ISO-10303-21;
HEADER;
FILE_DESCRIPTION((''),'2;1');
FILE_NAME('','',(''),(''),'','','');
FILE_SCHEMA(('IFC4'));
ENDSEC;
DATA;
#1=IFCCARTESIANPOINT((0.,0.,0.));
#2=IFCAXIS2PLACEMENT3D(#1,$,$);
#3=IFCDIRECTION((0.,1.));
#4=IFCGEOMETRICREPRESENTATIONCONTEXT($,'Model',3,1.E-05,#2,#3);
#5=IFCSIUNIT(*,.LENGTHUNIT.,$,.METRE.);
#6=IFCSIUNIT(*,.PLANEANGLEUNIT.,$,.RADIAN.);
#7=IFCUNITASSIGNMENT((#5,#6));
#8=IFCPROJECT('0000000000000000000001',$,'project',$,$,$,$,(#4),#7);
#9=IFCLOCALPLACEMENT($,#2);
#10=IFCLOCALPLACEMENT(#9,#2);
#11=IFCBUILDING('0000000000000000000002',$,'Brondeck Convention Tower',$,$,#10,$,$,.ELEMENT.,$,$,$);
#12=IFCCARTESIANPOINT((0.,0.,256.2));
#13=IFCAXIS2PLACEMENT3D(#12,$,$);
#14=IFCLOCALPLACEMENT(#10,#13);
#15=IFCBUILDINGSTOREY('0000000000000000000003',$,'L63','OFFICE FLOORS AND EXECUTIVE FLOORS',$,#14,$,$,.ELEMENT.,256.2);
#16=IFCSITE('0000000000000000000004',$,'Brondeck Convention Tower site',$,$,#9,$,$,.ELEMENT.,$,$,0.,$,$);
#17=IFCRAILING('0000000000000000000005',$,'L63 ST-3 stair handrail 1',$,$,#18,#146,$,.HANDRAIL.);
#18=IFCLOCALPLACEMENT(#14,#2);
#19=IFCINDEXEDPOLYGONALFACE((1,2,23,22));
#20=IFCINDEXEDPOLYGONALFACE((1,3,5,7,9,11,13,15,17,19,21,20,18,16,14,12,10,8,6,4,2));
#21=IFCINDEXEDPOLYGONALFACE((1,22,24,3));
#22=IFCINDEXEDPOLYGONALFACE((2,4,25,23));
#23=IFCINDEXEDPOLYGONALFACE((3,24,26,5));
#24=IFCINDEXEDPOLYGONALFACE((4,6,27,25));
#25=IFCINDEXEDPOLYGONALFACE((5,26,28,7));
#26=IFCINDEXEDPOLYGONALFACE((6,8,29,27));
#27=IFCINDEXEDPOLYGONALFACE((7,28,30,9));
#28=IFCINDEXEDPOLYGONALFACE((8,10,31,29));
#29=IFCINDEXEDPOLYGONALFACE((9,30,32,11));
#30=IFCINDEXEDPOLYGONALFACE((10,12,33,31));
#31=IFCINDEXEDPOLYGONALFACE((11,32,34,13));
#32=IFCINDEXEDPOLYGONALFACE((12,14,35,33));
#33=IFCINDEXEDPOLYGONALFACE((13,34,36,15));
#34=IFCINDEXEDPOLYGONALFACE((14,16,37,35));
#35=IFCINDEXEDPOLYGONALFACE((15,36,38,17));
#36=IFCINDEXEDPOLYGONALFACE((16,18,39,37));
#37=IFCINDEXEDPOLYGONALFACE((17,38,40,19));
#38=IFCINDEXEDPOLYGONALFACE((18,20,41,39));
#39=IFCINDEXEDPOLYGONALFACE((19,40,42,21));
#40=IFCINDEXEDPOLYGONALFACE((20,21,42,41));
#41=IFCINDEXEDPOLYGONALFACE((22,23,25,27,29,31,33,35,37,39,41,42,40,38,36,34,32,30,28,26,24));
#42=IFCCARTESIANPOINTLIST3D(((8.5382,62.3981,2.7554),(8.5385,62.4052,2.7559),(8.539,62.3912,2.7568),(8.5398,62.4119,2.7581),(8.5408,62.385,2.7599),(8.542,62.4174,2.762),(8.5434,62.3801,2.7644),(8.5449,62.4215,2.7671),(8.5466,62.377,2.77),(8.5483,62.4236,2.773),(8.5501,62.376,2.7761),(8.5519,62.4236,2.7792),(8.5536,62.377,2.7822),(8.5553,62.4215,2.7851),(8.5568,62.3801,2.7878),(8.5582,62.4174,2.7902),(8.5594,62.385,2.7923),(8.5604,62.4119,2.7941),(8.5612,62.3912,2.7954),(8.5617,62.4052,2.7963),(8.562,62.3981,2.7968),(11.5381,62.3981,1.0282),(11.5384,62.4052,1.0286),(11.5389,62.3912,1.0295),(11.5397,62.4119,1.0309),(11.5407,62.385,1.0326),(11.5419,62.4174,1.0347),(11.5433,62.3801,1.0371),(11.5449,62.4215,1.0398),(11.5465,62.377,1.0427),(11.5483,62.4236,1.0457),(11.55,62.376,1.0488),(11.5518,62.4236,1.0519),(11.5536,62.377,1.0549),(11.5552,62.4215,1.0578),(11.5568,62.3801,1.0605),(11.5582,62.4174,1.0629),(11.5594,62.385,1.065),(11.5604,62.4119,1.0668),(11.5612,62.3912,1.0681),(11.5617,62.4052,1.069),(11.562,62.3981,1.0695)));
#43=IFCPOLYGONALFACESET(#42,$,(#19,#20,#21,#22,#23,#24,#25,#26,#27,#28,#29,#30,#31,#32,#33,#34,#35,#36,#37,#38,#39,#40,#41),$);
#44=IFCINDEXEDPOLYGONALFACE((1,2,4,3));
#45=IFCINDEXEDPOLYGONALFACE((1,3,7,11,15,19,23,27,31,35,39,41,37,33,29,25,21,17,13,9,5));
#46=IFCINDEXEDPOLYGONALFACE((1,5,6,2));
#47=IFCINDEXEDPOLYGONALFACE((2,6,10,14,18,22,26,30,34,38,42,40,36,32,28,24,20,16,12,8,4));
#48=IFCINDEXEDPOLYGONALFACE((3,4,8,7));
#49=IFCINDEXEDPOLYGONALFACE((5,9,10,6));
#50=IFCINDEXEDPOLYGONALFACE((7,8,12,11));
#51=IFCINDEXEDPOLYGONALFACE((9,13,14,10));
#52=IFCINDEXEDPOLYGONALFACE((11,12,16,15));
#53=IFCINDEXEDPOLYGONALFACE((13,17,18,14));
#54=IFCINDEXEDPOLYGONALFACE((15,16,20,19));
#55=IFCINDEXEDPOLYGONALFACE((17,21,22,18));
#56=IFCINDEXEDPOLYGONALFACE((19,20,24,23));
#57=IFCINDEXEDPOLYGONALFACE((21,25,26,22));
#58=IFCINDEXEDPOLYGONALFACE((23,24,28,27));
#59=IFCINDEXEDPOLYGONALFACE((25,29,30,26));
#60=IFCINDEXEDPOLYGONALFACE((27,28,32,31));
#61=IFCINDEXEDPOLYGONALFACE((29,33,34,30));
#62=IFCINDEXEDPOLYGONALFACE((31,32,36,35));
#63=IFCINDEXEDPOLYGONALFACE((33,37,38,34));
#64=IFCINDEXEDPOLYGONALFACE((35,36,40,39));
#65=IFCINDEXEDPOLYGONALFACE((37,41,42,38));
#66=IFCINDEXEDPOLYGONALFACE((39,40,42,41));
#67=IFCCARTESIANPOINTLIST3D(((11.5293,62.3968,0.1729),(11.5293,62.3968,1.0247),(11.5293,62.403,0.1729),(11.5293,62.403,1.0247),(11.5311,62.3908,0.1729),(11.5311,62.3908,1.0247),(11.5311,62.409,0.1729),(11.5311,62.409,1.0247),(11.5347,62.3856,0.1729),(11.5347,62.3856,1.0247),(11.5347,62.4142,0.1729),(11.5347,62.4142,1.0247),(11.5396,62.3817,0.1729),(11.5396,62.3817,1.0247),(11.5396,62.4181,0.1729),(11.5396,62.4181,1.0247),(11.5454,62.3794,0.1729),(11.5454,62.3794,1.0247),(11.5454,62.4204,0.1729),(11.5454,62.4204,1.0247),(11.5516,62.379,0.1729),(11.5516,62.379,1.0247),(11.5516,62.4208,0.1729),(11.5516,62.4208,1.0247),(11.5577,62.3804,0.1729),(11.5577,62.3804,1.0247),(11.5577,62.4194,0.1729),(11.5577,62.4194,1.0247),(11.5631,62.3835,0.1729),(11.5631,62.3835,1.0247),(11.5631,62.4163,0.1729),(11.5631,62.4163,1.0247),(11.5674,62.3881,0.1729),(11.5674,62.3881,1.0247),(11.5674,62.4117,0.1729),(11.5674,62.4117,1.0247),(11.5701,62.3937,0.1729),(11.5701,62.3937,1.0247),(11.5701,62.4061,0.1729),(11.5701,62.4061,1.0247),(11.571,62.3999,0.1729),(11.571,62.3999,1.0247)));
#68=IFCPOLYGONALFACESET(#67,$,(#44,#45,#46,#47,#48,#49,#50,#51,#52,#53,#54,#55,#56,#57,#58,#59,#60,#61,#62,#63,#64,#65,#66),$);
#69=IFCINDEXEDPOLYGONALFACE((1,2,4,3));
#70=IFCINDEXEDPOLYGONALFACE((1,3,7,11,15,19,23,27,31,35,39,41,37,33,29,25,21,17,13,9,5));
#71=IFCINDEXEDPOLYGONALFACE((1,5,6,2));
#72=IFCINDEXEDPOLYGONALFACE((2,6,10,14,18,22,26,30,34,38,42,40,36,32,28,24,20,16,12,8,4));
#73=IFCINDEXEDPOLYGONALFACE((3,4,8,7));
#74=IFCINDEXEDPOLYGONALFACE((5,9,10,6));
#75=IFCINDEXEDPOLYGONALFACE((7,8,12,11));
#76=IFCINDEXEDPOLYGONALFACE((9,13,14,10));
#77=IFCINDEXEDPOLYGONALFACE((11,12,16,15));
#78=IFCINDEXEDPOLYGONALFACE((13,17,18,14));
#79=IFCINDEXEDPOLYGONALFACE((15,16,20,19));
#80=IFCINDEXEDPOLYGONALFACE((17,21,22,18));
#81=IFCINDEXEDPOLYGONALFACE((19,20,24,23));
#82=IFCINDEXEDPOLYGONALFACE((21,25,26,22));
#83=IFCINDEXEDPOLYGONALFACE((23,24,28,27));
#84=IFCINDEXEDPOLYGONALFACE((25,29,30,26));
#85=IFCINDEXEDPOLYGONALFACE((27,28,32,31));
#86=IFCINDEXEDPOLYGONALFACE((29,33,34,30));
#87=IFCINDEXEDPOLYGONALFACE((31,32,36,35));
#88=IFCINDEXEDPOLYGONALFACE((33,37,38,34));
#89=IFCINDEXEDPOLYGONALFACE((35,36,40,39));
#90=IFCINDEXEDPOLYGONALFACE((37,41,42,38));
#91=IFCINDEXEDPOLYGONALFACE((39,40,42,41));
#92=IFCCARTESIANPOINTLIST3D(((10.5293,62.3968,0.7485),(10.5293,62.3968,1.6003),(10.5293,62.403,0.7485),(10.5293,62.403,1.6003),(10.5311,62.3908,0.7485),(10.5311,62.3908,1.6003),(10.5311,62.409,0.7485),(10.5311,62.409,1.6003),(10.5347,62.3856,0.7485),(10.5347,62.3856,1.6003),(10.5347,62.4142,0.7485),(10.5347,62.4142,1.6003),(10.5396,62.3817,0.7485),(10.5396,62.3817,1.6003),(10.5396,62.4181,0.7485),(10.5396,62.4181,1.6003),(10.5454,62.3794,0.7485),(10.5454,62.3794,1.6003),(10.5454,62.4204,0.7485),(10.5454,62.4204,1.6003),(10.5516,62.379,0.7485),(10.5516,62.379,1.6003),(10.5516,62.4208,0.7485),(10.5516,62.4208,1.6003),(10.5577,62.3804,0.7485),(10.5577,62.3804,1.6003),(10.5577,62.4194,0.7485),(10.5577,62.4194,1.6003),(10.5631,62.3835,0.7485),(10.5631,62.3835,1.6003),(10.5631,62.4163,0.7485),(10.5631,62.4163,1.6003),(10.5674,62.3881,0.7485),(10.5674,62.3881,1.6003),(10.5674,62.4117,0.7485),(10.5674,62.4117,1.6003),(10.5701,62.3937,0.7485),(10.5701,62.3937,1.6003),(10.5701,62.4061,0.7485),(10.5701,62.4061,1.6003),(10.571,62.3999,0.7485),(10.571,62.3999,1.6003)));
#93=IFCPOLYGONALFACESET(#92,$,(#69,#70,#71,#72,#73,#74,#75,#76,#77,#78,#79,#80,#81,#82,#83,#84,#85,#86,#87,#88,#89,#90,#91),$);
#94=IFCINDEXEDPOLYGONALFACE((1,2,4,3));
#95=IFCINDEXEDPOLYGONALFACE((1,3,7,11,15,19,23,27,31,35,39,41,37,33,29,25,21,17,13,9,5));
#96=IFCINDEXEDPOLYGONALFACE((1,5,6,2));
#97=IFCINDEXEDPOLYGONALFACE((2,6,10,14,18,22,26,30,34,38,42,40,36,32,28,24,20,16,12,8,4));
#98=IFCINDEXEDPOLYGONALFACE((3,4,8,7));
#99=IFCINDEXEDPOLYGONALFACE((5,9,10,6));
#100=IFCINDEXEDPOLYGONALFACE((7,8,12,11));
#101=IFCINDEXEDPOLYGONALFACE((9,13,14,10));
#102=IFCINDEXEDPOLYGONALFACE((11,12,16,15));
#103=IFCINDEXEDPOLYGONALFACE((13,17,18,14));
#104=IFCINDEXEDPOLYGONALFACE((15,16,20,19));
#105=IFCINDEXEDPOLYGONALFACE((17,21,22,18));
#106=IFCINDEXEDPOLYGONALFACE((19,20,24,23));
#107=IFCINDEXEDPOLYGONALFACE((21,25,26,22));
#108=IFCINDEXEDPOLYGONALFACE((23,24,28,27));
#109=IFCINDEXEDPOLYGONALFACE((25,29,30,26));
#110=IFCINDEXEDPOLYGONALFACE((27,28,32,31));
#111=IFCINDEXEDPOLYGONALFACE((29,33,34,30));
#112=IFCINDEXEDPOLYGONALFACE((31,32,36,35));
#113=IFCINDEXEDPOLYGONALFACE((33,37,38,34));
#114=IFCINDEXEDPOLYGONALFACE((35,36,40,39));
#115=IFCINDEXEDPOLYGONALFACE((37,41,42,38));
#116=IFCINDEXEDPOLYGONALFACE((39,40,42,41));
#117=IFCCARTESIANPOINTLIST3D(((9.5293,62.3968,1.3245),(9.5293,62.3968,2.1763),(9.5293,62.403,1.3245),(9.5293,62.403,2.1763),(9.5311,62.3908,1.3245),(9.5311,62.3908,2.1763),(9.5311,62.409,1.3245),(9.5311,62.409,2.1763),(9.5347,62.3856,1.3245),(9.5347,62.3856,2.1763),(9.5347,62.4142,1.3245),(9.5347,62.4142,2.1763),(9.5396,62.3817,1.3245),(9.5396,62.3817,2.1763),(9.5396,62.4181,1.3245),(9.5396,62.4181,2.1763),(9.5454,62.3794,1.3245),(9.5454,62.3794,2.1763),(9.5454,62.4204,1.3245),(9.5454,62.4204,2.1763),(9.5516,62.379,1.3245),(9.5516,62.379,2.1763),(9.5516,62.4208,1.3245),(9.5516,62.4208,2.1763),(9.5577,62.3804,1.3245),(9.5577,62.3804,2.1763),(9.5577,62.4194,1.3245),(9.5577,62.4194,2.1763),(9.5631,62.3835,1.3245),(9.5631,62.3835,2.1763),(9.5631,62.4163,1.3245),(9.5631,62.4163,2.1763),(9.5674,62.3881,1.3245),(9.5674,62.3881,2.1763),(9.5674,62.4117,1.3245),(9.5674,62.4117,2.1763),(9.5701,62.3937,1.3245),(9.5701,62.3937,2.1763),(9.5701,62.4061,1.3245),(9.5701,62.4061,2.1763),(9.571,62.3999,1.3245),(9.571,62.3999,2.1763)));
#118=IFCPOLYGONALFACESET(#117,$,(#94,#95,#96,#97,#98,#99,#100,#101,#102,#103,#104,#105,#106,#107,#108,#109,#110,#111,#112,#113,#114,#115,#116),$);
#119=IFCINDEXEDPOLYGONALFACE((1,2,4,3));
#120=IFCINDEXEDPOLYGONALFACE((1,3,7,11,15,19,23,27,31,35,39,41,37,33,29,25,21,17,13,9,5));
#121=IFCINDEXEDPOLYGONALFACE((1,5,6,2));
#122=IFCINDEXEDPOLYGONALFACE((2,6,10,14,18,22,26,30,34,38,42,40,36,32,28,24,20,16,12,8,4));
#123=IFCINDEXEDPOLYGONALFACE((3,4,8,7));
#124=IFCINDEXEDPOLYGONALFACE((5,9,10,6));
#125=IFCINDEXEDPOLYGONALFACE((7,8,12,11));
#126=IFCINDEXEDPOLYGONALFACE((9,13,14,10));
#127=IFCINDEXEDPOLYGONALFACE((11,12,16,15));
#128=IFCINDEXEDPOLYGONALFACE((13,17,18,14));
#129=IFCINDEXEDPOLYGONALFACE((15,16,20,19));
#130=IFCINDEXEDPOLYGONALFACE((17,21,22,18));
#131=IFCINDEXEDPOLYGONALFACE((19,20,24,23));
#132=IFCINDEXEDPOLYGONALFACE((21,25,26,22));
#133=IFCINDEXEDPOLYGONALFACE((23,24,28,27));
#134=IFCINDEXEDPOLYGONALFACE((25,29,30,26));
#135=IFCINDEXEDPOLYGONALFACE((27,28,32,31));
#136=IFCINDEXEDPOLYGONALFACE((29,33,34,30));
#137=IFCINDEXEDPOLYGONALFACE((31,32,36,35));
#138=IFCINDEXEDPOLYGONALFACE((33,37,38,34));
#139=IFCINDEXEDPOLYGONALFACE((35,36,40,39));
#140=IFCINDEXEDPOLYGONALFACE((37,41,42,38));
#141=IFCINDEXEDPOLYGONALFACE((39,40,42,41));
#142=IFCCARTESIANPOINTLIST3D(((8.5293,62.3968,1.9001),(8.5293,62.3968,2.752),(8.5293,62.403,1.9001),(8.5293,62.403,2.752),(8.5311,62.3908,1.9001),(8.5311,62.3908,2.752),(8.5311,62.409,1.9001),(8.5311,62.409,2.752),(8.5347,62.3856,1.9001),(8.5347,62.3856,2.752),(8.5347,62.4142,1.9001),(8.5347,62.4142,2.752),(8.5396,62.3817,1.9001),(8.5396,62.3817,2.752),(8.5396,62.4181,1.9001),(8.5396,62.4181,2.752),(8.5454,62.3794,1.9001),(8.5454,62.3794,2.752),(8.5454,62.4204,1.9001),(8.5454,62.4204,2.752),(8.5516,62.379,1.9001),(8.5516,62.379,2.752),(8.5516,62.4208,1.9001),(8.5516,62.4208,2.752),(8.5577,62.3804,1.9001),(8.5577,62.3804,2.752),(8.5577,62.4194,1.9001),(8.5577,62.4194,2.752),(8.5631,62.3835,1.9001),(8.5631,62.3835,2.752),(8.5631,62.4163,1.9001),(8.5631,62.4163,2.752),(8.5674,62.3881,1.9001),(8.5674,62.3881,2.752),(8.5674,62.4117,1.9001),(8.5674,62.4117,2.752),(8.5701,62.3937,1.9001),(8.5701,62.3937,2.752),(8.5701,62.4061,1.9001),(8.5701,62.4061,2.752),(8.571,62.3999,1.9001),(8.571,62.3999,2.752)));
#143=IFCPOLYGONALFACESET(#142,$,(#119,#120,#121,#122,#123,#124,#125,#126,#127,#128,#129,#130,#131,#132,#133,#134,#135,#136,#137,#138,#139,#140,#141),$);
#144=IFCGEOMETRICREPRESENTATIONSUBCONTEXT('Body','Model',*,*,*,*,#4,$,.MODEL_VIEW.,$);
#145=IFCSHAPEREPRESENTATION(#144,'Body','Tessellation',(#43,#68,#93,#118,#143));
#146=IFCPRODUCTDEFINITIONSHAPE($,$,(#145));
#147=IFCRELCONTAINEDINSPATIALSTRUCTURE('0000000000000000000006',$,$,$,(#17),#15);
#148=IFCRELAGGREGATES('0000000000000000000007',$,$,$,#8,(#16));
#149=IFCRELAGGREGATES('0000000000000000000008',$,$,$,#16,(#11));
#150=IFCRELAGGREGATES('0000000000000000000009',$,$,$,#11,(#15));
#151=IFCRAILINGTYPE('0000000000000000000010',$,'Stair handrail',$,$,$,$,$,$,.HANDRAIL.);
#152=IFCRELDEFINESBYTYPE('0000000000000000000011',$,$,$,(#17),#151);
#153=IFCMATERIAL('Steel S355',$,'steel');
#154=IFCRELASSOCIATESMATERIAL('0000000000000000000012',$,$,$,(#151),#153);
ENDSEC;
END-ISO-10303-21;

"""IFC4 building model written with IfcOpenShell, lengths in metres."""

from ifc_helpers import new_model, si_unit, direction, frame, origin, origin_2d, place, context, subcontext, project, spatial, circle, extrude, material, type_object, element, save


model = new_model("IFC4")

# Units and contexts
model_context = context("Model", 3, precision=1e-05, world=origin(), true_north=direction((0.0, 1.0)))
body_context = subcontext(model_context, "Body", "Model", "MODEL_VIEW")
ifc_project = project(units=[si_unit("LENGTHUNIT", "METRE"), si_unit("PLANEANGLEUNIT", "RADIAN")], contexts=[model_context])

# Site, building, storey
site_placement = place(None, origin())
site = spatial("IfcSite", under=ifc_project, at=site_placement, Name="Brondeck Convention Tower site", CompositionType="ELEMENT", RefElevation=0.0)
building_placement = place(site_placement, origin())
building = spatial("IfcBuilding", under=site, at=building_placement, Name="Brondeck Convention Tower", CompositionType="ELEMENT")
storey_placement = place(building_placement, frame((0.0, 0.0, 256.2)))
storey = spatial("IfcBuildingStorey", under=building, at=storey_placement, Name="L63", Description="OFFICE FLOORS AND EXECUTIVE FLOORS", CompositionType="ELEMENT", Elevation=256.2)

# Railing
ifc_material_1 = material(Name="Steel S355", Category="steel")
railing_type_1 = type_object("IfcRailingType", Name="Stair handrail", PredefinedType="HANDRAIL", material=ifc_material_1)
railing_1_placement = place(storey_placement, frame((11.55, 62.3999, 0.1729)))
element("IfcRailing", 1, at=railing_1_placement, inside=storey, type_object=railing_type_1, Name="L63 ST-3 stair handrail 1", PredefinedType="HANDRAIL", context=body_context, shape_type="SweptSolid", body=[
    extrude(circle(Radius=0.0239, at=origin_2d()), frame((0.0, 0.0, 0.876), z_axis=(-0.86662, 0.0, 0.498969), x_axis=(0.0, -1.0, 0.0)), (0.0, 0.0, 1.0), 3.4617),
    extrude(circle(Radius=0.021, at=origin_2d()), origin(), (0.0, 0.0, 1.0), 0.8518),
    extrude(circle(Radius=0.021, at=origin_2d()), frame((-1.0, 0.0, 0.5757)), (0.0, 0.0, 1.0), 0.8518),
    extrude(circle(Radius=0.021, at=origin_2d()), frame((-2.0, 0.0, 1.1516)), (0.0, 0.0, 1.0), 0.8518),
    extrude(circle(Radius=0.021, at=origin_2d()), frame((-3.0, 0.0, 1.7273)), (0.0, 0.0, 1.0), 0.8518),
])

save(model, "model.ifc")
